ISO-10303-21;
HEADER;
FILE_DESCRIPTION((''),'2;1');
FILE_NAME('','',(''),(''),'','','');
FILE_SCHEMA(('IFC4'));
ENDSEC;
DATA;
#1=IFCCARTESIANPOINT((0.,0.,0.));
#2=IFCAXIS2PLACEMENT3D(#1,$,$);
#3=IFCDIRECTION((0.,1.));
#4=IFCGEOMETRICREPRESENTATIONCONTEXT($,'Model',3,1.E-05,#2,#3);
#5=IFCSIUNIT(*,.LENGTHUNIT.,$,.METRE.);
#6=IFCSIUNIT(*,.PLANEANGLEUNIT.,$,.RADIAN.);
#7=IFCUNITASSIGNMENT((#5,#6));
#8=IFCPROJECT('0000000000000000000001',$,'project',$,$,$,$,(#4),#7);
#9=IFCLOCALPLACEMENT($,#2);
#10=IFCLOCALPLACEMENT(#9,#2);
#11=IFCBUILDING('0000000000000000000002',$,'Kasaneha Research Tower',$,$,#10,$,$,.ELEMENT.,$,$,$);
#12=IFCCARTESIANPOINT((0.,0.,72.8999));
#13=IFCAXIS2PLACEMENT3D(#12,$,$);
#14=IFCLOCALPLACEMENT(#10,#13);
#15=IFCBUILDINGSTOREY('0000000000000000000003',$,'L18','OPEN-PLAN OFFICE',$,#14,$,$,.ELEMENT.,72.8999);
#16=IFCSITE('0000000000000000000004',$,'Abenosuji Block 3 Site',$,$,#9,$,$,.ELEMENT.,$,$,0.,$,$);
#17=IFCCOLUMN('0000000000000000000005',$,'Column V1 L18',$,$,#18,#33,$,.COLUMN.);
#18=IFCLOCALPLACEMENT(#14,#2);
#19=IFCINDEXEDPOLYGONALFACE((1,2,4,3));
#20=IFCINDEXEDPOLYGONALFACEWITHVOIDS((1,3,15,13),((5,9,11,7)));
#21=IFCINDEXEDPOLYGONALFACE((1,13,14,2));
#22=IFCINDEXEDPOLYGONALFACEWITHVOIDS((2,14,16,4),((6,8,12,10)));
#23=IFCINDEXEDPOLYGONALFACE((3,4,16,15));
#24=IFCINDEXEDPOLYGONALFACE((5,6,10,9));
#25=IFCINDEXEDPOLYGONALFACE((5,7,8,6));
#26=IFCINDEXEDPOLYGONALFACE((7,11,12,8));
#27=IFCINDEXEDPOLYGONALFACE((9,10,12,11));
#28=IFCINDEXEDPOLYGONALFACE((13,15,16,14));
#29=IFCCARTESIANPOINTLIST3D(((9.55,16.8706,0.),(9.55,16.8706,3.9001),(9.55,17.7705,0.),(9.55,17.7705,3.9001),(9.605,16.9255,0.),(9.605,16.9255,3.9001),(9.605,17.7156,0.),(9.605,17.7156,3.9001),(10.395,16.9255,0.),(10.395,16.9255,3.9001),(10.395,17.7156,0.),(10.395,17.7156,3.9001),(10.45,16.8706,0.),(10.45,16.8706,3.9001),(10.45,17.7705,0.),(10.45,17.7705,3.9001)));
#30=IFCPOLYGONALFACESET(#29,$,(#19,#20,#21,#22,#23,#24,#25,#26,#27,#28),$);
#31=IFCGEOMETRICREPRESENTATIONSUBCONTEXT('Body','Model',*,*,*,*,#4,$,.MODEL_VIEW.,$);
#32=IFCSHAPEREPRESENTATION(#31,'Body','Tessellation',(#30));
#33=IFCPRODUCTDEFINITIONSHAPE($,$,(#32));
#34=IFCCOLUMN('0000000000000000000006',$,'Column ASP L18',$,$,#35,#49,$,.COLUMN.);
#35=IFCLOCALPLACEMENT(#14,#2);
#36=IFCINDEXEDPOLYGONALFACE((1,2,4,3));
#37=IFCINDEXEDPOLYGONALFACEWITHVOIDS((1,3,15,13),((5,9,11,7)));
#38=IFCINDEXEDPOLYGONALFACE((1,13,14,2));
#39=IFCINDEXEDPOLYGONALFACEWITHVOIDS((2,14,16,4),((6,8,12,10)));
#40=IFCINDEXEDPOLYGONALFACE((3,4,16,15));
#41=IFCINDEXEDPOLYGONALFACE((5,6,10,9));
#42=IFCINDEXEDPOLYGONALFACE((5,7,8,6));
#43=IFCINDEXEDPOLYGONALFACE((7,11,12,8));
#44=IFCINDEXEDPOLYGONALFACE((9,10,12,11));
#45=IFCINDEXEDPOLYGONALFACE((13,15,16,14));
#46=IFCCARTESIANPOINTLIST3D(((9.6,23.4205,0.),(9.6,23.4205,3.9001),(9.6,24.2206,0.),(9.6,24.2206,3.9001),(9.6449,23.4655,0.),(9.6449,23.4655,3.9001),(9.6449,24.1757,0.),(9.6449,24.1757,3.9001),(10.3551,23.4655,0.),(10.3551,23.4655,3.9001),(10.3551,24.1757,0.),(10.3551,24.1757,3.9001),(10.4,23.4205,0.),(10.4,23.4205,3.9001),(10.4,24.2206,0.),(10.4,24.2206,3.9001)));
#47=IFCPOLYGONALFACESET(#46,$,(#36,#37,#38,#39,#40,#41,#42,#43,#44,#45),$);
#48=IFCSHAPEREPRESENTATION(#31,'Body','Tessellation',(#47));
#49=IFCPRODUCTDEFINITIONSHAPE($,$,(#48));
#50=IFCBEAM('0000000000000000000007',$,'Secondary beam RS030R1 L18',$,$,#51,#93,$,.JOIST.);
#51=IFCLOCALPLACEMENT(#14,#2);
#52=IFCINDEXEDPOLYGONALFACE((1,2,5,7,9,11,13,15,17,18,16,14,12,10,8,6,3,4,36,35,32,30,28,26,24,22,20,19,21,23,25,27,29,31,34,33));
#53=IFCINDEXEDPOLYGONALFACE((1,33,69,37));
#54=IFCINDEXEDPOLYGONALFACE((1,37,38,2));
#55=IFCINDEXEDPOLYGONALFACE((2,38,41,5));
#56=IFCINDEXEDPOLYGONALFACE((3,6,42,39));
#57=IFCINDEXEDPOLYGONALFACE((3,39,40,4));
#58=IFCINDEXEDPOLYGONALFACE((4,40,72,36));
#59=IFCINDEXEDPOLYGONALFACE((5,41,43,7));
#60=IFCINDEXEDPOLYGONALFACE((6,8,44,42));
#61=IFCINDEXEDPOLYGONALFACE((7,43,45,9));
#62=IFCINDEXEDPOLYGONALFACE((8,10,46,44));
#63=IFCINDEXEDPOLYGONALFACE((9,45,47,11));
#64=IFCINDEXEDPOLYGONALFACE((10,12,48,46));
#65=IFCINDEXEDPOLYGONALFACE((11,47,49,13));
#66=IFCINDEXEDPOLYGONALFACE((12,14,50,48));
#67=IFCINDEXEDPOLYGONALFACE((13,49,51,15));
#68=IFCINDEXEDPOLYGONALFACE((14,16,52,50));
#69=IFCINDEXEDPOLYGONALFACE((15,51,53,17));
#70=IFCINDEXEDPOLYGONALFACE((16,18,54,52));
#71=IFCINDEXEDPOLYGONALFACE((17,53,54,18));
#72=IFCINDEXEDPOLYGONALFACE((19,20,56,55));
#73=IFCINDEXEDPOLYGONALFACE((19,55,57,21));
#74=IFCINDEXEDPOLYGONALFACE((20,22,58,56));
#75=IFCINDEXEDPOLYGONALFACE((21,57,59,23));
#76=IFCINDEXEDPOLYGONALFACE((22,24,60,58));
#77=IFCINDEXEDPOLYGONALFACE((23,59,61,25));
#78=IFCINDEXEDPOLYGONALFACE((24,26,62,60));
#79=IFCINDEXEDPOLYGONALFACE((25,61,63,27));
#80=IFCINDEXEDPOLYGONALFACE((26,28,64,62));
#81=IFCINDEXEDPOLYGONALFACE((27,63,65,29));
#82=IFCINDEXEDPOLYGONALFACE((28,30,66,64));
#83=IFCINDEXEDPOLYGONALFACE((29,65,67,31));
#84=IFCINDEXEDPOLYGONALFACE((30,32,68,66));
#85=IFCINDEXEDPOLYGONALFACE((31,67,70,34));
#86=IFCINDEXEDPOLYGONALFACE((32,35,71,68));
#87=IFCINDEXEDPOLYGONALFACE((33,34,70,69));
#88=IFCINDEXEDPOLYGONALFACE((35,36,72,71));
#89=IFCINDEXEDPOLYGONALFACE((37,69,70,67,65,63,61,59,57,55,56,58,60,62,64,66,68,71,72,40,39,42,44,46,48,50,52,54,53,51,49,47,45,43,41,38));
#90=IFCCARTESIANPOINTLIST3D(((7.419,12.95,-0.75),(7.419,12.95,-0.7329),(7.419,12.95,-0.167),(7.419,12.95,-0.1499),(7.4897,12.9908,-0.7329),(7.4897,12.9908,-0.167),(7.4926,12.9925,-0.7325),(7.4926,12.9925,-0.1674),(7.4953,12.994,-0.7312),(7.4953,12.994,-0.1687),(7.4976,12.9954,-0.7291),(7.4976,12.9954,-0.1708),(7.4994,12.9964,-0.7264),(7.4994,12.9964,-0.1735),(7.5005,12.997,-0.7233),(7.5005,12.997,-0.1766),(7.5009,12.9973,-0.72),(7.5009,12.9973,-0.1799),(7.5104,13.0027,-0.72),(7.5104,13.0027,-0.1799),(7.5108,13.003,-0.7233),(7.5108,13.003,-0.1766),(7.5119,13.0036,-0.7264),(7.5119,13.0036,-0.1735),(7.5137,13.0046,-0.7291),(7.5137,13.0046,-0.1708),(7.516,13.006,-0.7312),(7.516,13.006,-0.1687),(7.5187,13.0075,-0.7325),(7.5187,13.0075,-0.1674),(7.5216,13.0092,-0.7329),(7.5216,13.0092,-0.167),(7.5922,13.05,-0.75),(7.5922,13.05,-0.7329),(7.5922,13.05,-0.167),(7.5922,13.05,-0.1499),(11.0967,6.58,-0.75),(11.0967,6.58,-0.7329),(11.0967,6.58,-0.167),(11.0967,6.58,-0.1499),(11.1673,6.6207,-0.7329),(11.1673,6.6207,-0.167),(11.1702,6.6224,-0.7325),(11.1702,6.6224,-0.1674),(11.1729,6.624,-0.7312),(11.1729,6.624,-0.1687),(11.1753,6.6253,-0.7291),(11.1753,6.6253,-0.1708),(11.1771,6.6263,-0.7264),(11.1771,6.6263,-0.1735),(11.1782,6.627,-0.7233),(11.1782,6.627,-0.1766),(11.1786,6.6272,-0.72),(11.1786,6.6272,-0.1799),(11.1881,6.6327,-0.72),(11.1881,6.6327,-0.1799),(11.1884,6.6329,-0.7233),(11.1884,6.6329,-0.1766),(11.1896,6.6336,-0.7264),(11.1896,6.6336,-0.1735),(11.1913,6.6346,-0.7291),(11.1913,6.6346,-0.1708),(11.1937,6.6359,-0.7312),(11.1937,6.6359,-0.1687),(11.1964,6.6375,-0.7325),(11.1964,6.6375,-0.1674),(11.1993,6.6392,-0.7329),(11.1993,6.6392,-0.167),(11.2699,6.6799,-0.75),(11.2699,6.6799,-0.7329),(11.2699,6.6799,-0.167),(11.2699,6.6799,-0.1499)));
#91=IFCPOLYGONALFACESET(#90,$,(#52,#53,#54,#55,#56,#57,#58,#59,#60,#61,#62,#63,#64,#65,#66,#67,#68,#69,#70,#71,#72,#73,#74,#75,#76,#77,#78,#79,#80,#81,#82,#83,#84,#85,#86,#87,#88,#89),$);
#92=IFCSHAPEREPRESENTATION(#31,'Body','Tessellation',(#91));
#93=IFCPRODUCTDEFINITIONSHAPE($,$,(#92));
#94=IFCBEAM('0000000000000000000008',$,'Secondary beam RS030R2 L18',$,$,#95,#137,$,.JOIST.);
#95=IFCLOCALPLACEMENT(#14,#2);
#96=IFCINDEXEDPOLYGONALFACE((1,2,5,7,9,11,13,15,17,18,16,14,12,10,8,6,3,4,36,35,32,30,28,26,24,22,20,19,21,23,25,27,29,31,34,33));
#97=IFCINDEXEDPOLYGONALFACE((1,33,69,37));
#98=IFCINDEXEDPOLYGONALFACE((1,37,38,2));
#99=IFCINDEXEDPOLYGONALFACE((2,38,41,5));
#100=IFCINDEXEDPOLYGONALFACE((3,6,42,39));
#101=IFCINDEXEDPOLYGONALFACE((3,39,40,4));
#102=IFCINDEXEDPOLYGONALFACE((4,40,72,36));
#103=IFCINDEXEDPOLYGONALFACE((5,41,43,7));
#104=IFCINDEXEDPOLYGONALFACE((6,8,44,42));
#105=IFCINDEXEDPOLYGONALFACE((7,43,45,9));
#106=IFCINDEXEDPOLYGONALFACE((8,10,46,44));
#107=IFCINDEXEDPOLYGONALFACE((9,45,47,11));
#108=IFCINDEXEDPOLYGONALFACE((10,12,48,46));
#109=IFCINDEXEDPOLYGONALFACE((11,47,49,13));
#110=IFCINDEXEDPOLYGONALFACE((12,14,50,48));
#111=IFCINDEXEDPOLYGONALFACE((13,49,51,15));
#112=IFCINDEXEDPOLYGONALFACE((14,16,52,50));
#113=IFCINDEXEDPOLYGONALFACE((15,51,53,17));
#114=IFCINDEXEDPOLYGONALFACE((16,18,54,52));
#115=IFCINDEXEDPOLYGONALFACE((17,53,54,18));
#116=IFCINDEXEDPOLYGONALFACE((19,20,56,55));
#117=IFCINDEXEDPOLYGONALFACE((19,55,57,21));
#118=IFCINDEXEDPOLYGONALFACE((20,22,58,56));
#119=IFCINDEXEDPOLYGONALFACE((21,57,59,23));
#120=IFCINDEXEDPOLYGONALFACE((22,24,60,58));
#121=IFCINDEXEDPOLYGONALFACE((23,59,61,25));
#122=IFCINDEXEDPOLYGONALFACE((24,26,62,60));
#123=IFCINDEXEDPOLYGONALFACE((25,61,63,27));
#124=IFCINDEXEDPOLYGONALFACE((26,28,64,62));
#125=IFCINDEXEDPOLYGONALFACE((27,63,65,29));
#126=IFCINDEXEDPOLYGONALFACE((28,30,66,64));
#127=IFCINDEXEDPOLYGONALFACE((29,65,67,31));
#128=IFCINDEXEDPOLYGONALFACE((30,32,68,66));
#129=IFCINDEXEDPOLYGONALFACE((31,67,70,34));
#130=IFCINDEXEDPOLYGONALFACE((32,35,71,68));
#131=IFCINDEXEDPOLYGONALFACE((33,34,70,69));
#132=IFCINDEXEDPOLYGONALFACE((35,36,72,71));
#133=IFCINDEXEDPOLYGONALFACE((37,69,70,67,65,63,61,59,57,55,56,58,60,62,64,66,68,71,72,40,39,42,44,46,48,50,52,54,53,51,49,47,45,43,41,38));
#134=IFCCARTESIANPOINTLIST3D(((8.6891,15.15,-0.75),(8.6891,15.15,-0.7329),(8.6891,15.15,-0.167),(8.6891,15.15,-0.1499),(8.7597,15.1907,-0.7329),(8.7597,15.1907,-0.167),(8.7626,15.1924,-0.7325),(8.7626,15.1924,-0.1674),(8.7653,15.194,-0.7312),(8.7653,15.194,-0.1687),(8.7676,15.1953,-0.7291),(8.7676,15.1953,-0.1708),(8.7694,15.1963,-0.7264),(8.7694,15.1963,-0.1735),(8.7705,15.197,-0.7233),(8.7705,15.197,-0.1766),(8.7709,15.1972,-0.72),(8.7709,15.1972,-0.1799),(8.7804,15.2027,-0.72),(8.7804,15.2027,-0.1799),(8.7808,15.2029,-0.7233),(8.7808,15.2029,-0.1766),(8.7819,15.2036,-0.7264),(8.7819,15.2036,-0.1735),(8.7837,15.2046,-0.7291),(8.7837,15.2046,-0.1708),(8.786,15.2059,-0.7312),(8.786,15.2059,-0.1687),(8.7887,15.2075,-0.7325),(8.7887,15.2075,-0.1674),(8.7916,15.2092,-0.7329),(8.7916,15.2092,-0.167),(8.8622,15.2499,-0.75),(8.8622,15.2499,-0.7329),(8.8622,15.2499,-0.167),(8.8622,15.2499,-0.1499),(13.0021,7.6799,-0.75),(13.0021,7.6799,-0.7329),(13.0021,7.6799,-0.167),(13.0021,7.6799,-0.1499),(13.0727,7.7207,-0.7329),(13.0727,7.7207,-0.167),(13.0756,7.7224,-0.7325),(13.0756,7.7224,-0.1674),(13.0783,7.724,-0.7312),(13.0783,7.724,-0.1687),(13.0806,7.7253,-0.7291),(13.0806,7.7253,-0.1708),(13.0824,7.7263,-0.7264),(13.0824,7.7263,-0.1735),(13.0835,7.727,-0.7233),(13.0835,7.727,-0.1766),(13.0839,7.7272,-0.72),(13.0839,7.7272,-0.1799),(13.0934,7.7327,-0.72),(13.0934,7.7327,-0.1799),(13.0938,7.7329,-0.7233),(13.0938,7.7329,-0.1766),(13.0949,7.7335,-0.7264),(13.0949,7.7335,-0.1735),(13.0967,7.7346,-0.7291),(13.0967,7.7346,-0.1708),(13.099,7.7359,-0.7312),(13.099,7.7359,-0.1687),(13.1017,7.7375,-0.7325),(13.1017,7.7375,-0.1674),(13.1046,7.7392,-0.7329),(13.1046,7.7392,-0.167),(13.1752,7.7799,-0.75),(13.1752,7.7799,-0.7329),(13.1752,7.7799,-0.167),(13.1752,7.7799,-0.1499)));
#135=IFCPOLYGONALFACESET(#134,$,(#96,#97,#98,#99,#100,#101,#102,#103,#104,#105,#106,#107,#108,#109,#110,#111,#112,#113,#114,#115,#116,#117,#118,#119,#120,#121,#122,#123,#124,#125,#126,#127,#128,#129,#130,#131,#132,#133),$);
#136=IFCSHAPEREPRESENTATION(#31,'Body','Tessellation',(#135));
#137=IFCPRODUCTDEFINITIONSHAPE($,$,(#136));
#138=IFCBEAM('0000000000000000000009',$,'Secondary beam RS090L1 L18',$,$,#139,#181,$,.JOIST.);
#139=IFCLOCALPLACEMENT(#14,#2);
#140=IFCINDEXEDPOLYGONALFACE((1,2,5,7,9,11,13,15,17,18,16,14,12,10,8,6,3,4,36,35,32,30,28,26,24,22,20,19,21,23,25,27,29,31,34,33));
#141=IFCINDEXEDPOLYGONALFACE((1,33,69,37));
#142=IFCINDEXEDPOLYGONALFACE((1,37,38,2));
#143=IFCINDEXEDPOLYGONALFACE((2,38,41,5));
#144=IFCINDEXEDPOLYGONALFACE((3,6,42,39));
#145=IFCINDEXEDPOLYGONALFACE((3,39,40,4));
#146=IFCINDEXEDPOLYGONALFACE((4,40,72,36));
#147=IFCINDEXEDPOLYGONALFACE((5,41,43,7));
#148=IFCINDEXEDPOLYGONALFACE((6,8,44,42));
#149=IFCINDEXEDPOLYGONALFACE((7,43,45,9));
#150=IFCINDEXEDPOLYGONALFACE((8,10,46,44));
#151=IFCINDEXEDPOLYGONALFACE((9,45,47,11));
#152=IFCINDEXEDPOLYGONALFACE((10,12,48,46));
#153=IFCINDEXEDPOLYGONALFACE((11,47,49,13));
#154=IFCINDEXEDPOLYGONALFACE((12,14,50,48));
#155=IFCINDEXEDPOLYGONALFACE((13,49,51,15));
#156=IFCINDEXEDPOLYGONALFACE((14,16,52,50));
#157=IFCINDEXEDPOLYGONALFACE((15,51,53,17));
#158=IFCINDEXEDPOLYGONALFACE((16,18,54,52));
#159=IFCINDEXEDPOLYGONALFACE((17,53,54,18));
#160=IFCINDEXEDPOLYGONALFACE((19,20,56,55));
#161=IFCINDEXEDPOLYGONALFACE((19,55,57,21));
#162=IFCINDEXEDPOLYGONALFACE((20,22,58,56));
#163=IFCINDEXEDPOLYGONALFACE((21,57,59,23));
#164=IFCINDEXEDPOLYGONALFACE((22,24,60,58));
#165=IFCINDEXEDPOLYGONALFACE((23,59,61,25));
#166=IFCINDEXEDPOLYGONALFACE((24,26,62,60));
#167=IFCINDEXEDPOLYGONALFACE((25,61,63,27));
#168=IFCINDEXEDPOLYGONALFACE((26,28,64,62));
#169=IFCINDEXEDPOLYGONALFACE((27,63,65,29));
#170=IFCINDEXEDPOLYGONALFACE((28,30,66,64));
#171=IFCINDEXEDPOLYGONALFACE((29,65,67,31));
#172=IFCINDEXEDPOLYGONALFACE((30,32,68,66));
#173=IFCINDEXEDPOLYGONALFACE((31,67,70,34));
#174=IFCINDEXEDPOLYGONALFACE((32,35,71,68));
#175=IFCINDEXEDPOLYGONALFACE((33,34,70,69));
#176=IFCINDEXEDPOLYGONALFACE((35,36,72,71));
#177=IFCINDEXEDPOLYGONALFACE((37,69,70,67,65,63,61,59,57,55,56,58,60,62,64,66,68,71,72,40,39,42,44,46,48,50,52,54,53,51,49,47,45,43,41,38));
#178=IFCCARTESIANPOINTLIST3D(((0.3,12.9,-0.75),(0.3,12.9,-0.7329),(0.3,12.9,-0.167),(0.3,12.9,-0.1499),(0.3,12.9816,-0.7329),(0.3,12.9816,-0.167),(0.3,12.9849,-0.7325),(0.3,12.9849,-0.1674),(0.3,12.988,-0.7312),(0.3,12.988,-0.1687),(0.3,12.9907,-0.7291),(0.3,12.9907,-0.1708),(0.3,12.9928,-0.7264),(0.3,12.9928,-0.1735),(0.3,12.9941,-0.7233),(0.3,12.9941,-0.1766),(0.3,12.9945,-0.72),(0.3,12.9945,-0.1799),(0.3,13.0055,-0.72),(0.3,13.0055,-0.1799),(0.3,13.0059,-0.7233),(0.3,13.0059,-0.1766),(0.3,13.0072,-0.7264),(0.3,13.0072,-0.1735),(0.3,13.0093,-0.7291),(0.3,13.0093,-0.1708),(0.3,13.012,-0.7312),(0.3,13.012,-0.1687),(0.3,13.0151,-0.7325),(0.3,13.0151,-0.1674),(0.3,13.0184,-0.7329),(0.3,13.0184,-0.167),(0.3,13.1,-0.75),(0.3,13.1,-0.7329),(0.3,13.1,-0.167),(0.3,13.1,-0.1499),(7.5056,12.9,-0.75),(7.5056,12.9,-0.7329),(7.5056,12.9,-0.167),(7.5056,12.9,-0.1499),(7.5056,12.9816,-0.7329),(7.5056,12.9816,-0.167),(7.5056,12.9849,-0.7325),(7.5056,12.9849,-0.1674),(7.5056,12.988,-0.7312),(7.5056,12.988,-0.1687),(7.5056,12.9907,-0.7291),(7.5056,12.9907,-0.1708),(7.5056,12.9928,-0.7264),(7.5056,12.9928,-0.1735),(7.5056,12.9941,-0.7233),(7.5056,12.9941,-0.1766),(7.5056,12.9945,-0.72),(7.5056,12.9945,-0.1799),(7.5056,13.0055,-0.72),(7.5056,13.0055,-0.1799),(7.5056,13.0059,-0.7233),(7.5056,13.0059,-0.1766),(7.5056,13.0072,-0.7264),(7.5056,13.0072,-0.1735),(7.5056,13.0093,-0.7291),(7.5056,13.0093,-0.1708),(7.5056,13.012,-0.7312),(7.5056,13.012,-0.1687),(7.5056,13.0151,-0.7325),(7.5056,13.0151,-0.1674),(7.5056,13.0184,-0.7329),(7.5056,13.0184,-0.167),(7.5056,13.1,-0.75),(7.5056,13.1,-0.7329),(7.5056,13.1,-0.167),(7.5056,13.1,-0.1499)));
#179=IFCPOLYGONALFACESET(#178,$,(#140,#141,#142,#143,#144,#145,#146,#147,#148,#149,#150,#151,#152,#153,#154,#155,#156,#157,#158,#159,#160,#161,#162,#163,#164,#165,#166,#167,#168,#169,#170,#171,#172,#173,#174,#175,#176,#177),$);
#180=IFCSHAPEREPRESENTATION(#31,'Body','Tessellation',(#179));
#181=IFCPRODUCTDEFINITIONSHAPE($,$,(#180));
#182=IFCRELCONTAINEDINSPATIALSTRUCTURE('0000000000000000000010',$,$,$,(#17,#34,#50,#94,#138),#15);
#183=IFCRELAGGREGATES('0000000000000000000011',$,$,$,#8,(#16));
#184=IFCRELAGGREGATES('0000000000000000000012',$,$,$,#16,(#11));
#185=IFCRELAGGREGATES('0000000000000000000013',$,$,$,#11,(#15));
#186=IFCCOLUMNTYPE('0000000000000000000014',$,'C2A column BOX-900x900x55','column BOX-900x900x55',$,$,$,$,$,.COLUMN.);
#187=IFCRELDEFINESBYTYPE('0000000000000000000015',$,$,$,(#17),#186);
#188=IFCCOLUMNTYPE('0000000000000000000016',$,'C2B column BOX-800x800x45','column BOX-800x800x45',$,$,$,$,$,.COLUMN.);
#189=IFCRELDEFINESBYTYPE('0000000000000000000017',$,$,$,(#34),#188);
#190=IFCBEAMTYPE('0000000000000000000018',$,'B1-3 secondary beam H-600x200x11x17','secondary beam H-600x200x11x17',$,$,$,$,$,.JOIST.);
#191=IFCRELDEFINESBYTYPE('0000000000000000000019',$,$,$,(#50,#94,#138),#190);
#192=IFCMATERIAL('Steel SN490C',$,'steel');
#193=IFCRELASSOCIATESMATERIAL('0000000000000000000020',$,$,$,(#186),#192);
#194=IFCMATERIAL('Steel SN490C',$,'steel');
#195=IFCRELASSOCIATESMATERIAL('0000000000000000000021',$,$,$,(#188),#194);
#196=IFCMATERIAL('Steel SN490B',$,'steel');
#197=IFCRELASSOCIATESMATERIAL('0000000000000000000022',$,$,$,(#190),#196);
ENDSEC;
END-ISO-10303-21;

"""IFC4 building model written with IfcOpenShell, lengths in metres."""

from ifc_helpers import new_model, si_unit, direction, frame, origin, origin_2d, place, context, subcontext, project, spatial, hollow_rectangle, i_section, extrude, material, material_profile, profile_set, type_object, element, save


model = new_model("IFC4")

# Units and contexts
model_context = context("Model", 3, precision=1e-05, world=origin(), true_north=direction((0.0, 1.0)))
body_context = subcontext(model_context, "Body", "Model", "MODEL_VIEW")
ifc_project = project(units=[si_unit("LENGTHUNIT", "METRE"), si_unit("PLANEANGLEUNIT", "RADIAN")], contexts=[model_context])

# Site, building, storey
site_placement = place(None, origin())
site = spatial("IfcSite", under=ifc_project, at=site_placement, Name="Abenosuji Block 3 Site", CompositionType="ELEMENT", RefElevation=0.0)
building_placement = place(site_placement, origin())
building = spatial("IfcBuilding", under=site, at=building_placement, Name="Kasaneha Research Tower", CompositionType="ELEMENT")
storey_placement = place(building_placement, frame((0.0, 0.0, 72.8999)))
storey = spatial("IfcBuildingStorey", under=building, at=storey_placement, Name="L18", Description="OPEN-PLAN OFFICE", CompositionType="ELEMENT", Elevation=72.8999)

# Columns
ifc_material_1 = material(Name="Steel SN490C", Category="steel")
ifc_material_profile_1 = material_profile(ifc_material_1, hollow_rectangle(XDim=0.8999, YDim=0.8999, WallThickness=0.0549, at=origin_2d()), Name="BOX-900x900x55")
ifc_profile_set_1 = profile_set([ifc_material_profile_1], Name="Steel SN490C")
column_type_1 = type_object("IfcColumnType", Name="C2A column BOX-900x900x55", Description="column BOX-900x900x55", PredefinedType="COLUMN", material=ifc_profile_set_1)
column_1_placement = place(storey_placement, frame((10.0, 17.3206, 0.0), z_axis=(0.0, 0.0, 1.0), x_axis=(1.0, 0.0, 0.0)))
element("IfcColumn", 1, at=column_1_placement, inside=storey, type_object=column_type_1, Name="Column V1 L18", PredefinedType="COLUMN", context=body_context, shape_type="SweptSolid", body=[
    extrude(hollow_rectangle(XDim=0.8999, YDim=0.8999, WallThickness=0.0549, at=origin_2d()), origin(), (0.0, 0.0, 1.0), 3.9001),
])
ifc_material_2 = material(Name="Steel SN490C", Category="steel")
ifc_material_profile_2 = material_profile(ifc_material_2, hollow_rectangle(XDim=0.8, YDim=0.8, WallThickness=0.0449, at=origin_2d()), Name="BOX-800x800x45")
ifc_profile_set_2 = profile_set([ifc_material_profile_2], Name="Steel SN490C")
column_type_2 = type_object("IfcColumnType", Name="C2B column BOX-800x800x45", Description="column BOX-800x800x45", PredefinedType="COLUMN", material=ifc_profile_set_2)
column_2_placement = place(storey_placement, frame((10.0, 23.8206, 0.0), z_axis=(0.0, 0.0, 1.0), x_axis=(1.0, 0.0, 0.0)))
element("IfcColumn", 2, at=column_2_placement, inside=storey, type_object=column_type_2, Name="Column ASP L18", PredefinedType="COLUMN", context=body_context, shape_type="SweptSolid", body=[
    extrude(hollow_rectangle(XDim=0.8, YDim=0.8, WallThickness=0.0449, at=origin_2d()), origin(), (0.0, 0.0, 1.0), 3.9001),
])

# Beams
ifc_material_3 = material(Name="Steel SN490B", Category="steel")
ifc_material_profile_3 = material_profile(ifc_material_3, i_section(OverallWidth=0.2, OverallDepth=0.6001, WebThickness=0.011, FlangeThickness=0.0171, FilletRadius=0.0129, at=origin_2d()), Name="H-600x200x11x17")
ifc_profile_set_3 = profile_set([ifc_material_profile_3], Name="Steel SN490B")
beam_type_1 = type_object("IfcBeamType", Name="B1-3 secondary beam H-600x200x11x17", Description="secondary beam H-600x200x11x17", PredefinedType="JOIST", material=ifc_profile_set_3)
beam_1_placement = place(storey_placement, frame((7.5056, 13.0, -0.45), z_axis=(0.499994, -0.866029, 0.0), x_axis=(0.866029, 0.499994, 0.0)))
element("IfcBeam", 3, at=beam_1_placement, inside=storey, type_object=beam_type_1, Name="Secondary beam RS030R1 L18", PredefinedType="JOIST", context=body_context, shape_type="SweptSolid", body=[
    extrude(i_section(OverallWidth=0.2, OverallDepth=0.6001, WebThickness=0.011, FlangeThickness=0.0171, FilletRadius=0.0129, at=origin_2d()), origin(), (0.0, 0.0, 1.0), 7.3555),
])
beam_2_placement = place(storey_placement, frame((8.7756, 15.2, -0.45), z_axis=(0.500017, -0.866015, 0.0), x_axis=(0.866015, 0.500017, 0.0)))
element("IfcBeam", 4, at=beam_2_placement, inside=storey, type_object=beam_type_1, Name="Secondary beam RS030R2 L18", PredefinedType="JOIST", context=body_context, shape_type="SweptSolid", body=[
    extrude(i_section(OverallWidth=0.2, OverallDepth=0.6001, WebThickness=0.011, FlangeThickness=0.0171, FilletRadius=0.0129, at=origin_2d()), origin(), (0.0, 0.0, 1.0), 8.6257),
])
beam_3_placement = place(storey_placement, frame((7.5056, 13.0, -0.45), z_axis=(-1.0, 0.0, 0.0), x_axis=(0.0, -1.0, 0.0)))
element("IfcBeam", 5, at=beam_3_placement, inside=storey, type_object=beam_type_1, Name="Secondary beam RS090L1 L18", PredefinedType="JOIST", context=body_context, shape_type="SweptSolid", body=[
    extrude(i_section(OverallWidth=0.2, OverallDepth=0.6001, WebThickness=0.011, FlangeThickness=0.0171, FilletRadius=0.0129, at=origin_2d()), origin(), (0.0, 0.0, 1.0), 7.2056),
])

save(model, "model.ifc")
